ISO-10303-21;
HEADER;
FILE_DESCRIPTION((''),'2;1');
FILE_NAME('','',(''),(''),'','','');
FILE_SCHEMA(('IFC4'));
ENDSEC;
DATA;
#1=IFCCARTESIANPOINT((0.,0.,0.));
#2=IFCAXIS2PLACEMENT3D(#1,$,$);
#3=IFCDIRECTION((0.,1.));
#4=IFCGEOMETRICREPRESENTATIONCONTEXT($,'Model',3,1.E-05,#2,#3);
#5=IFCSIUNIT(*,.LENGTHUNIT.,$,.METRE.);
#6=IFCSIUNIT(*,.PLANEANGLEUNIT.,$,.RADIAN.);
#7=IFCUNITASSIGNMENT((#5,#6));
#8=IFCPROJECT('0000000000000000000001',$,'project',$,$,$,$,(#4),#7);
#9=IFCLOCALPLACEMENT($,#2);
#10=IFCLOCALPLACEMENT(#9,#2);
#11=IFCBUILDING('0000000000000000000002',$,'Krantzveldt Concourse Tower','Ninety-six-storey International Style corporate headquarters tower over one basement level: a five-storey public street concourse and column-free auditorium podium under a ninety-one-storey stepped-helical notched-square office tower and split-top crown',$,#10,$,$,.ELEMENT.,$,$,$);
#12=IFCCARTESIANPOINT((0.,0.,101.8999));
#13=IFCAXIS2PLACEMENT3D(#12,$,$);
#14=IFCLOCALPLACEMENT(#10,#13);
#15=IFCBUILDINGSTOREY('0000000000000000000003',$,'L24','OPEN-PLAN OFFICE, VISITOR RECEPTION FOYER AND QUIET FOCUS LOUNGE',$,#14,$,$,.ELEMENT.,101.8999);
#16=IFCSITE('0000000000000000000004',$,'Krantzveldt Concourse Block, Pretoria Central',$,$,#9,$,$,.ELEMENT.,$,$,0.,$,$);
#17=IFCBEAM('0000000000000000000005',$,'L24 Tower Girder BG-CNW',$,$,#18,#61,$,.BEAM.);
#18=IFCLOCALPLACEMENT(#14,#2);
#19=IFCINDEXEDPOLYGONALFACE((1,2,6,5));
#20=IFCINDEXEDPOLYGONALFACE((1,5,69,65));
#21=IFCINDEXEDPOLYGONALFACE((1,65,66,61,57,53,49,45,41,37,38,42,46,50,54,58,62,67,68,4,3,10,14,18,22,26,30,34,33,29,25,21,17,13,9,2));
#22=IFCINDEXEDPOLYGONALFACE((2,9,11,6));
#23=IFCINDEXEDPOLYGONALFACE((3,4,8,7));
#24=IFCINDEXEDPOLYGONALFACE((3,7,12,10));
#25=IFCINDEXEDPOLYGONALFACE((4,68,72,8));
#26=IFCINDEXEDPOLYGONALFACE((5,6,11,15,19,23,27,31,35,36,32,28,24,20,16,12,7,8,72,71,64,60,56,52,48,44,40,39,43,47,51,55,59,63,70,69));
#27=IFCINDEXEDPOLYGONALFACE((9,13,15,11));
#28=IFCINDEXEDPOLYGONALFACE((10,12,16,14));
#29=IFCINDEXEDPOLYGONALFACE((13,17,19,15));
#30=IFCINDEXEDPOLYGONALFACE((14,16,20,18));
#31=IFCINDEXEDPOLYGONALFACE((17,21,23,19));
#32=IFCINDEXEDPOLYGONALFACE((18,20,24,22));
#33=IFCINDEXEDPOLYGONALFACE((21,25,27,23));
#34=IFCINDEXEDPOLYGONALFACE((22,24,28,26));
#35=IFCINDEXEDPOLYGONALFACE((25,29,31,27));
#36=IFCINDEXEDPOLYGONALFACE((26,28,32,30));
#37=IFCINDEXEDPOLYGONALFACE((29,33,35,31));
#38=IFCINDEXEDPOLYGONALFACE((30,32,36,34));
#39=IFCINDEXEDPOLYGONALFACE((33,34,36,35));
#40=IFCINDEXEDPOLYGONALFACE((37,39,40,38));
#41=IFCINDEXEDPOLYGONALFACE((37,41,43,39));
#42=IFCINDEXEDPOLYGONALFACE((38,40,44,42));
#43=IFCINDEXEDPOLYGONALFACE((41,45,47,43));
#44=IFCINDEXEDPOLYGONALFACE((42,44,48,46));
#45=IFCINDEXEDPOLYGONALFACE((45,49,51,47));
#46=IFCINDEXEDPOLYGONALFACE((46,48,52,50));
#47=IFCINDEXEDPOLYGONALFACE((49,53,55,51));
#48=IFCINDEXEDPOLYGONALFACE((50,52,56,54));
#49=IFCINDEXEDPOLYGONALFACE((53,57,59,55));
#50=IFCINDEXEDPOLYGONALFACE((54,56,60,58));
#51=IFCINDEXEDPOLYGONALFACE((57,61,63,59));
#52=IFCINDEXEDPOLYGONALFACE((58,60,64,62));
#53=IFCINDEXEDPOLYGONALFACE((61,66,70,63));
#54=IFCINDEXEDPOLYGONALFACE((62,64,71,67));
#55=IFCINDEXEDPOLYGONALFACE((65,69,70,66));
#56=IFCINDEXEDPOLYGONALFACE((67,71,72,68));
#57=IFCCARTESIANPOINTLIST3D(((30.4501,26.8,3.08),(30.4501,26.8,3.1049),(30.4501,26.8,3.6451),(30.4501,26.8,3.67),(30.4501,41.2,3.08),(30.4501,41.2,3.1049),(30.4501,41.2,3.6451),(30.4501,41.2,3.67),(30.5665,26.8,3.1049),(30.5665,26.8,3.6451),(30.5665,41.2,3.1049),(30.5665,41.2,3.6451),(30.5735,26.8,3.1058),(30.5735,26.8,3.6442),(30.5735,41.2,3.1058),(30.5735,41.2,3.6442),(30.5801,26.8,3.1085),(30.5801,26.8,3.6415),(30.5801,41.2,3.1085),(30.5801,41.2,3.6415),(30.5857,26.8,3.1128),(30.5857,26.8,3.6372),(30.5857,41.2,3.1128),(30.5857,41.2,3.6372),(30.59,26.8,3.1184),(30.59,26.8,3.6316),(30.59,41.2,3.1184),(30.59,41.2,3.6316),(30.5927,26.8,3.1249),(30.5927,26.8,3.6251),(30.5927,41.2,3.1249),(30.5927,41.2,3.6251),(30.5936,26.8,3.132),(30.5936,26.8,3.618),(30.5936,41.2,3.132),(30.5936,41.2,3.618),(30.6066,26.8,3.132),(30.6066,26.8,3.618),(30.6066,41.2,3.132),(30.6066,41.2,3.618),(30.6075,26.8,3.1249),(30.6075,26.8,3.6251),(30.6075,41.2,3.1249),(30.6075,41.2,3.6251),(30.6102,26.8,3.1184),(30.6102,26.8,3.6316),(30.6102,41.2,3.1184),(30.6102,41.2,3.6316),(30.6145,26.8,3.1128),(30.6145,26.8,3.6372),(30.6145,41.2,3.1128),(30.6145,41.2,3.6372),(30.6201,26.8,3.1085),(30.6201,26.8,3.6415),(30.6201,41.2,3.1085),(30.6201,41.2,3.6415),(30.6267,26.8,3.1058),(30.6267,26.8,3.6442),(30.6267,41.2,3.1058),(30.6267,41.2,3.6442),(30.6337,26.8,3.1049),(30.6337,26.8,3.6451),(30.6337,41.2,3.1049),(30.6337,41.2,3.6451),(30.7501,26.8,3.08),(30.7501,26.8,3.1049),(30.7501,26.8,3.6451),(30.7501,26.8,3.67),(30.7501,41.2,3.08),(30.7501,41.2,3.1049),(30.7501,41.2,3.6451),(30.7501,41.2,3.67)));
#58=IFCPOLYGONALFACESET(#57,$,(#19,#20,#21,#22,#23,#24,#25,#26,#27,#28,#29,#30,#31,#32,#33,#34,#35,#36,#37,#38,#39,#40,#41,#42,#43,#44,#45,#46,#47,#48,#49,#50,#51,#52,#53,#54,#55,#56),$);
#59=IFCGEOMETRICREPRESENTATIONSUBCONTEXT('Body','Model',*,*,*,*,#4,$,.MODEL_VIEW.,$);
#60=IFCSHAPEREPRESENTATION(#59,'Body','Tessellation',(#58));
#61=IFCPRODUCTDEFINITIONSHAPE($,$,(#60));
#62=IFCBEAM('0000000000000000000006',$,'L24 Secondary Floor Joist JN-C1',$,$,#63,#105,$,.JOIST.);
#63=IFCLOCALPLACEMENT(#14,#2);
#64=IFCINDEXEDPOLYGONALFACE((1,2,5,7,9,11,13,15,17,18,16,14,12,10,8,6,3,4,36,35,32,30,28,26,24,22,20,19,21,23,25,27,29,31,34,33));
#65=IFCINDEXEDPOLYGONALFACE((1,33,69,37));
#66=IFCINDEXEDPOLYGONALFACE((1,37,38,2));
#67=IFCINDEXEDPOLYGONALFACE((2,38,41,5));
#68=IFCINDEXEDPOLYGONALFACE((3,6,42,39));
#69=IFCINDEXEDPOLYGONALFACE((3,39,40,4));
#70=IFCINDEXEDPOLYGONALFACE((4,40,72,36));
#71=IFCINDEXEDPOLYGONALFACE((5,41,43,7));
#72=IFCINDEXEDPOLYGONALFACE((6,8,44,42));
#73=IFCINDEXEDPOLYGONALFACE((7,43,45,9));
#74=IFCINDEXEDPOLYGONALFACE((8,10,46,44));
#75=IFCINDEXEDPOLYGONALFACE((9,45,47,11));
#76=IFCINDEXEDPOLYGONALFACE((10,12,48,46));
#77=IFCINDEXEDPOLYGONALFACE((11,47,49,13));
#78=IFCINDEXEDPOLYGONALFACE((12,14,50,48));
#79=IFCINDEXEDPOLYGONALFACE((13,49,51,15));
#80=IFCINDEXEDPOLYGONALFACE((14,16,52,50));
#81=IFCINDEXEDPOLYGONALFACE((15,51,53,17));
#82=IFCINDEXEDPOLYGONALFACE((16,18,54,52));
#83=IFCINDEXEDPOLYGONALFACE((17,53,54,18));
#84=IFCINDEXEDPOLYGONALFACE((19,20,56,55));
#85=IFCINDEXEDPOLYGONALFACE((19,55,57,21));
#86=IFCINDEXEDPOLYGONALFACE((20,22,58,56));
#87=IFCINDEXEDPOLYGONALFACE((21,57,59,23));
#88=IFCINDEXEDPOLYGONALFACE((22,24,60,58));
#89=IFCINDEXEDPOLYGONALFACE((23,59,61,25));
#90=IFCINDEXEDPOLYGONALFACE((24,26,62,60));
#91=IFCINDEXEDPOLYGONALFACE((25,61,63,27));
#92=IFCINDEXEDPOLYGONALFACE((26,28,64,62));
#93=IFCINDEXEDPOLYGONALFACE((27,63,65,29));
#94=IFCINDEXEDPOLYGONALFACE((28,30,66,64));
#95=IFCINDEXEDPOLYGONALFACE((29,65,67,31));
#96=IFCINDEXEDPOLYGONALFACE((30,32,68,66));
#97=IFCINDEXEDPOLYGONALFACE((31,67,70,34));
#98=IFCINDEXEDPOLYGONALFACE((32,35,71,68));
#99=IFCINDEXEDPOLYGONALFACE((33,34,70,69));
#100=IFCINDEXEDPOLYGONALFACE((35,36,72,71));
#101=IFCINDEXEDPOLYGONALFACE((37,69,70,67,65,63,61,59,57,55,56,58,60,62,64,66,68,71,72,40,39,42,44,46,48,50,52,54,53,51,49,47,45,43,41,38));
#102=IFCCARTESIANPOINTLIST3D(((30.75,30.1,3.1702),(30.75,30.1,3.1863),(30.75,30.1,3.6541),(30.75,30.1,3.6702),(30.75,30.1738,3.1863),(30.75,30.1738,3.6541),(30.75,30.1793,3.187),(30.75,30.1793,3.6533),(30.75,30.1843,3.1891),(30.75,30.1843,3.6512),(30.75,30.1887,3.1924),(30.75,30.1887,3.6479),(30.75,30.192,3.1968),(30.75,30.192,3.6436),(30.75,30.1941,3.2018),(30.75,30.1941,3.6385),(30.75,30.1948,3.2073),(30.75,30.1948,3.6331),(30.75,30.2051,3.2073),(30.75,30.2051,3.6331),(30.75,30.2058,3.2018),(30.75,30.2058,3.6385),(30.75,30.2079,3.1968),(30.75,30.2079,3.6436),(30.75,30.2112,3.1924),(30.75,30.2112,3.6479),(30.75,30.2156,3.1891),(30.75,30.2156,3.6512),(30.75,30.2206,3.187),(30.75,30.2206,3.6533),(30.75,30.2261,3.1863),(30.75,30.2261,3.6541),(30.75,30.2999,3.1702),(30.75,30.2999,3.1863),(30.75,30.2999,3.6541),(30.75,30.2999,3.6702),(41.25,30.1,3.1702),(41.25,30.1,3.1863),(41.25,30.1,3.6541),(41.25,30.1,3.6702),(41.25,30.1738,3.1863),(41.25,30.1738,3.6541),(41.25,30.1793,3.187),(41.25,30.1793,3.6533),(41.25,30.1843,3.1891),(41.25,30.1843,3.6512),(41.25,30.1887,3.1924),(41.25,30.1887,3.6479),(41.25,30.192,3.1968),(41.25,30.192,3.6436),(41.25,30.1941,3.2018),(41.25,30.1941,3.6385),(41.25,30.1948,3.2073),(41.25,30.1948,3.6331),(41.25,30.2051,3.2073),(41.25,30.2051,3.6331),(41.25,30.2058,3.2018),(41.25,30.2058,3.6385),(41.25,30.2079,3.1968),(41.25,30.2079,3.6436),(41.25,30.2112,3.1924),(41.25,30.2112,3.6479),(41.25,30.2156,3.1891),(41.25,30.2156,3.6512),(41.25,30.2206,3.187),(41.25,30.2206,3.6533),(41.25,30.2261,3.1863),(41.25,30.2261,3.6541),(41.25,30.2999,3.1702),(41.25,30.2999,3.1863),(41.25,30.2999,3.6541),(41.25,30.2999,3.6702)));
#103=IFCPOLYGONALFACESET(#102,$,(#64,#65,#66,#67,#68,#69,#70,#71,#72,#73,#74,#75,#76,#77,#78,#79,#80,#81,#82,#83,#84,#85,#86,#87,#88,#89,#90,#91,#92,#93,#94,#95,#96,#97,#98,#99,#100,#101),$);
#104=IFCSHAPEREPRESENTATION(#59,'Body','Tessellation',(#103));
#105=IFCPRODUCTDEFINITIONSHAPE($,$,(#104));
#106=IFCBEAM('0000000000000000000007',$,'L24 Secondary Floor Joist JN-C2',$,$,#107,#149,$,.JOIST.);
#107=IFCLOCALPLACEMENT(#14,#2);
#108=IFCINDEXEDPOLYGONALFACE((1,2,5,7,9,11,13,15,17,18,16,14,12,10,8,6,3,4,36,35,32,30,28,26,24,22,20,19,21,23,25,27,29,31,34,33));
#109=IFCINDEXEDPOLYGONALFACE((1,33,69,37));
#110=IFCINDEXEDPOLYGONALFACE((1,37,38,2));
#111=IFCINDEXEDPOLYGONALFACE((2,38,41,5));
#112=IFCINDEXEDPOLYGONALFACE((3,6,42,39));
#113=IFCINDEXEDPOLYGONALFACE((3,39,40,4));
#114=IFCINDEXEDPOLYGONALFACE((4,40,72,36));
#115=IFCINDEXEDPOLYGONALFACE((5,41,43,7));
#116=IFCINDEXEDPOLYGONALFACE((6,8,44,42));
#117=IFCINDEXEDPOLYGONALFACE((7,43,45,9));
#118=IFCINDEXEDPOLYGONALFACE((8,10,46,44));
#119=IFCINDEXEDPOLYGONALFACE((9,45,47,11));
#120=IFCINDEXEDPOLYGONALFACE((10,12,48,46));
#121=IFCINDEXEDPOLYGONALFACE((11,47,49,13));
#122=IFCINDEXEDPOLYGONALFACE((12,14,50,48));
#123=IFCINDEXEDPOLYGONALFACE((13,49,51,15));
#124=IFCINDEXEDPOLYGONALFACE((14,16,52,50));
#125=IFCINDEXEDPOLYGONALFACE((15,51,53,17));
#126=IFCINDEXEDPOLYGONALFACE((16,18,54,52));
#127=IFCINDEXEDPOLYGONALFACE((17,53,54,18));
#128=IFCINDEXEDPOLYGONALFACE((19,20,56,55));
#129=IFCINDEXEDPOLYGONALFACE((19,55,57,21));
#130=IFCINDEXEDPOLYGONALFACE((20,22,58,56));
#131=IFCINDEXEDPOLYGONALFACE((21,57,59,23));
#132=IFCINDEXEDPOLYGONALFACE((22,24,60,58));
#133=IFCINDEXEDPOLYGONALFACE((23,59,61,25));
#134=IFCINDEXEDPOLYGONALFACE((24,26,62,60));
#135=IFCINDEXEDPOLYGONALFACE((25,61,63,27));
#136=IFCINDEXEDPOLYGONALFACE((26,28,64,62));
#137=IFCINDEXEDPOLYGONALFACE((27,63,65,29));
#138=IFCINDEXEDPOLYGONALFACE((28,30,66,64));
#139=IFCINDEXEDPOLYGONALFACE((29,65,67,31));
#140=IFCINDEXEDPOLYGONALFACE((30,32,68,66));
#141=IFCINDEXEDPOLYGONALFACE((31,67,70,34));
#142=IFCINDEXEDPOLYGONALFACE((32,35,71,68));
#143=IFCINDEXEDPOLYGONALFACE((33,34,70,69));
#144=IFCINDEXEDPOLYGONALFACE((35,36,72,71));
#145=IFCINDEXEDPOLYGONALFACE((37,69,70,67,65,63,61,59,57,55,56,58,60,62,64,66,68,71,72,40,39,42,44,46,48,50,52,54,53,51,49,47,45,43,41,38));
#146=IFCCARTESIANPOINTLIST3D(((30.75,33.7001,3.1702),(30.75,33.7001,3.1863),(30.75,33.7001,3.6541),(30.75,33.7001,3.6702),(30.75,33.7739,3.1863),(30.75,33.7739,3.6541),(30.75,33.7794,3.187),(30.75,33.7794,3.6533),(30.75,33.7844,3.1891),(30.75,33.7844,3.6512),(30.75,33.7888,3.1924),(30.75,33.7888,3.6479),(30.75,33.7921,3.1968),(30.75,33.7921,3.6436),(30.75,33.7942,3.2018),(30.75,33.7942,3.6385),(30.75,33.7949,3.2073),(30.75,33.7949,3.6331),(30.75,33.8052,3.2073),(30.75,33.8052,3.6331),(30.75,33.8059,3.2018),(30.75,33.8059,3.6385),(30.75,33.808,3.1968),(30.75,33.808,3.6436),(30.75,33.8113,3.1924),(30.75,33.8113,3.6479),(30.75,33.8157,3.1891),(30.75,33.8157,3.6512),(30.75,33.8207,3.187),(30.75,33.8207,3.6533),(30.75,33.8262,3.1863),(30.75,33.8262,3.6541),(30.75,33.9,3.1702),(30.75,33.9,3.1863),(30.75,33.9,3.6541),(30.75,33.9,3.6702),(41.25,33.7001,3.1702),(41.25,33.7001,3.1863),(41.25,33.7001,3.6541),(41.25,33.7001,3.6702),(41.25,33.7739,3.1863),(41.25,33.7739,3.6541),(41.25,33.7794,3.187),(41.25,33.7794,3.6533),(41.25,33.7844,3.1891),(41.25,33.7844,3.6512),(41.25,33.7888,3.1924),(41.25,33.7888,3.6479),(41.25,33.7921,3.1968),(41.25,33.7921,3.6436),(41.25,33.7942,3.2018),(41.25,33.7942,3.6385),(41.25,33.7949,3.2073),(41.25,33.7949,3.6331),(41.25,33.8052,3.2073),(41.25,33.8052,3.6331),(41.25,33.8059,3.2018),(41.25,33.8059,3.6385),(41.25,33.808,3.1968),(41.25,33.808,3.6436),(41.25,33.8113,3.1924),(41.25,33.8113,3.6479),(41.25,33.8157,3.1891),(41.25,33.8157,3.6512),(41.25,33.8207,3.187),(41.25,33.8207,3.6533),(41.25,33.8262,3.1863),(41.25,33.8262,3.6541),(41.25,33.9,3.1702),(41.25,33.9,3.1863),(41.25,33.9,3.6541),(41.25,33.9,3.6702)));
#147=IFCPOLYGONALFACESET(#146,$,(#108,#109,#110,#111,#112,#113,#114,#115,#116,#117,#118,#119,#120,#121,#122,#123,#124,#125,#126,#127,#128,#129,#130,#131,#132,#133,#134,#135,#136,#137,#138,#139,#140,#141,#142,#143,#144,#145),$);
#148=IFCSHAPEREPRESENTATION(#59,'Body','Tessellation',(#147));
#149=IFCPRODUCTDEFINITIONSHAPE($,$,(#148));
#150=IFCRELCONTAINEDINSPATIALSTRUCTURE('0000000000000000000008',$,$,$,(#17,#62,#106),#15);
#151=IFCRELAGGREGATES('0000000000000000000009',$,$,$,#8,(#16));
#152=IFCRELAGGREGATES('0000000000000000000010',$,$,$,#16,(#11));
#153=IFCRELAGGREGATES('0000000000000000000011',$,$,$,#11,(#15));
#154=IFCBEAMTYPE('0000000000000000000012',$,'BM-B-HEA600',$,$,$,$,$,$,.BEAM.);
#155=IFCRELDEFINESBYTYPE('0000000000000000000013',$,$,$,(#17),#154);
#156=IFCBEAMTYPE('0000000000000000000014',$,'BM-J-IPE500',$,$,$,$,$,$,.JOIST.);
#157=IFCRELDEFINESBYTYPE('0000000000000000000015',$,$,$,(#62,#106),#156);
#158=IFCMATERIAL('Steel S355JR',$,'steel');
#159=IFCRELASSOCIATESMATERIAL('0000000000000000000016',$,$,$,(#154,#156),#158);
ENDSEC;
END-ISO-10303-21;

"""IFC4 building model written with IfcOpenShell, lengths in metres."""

from ifc_helpers import new_model, si_unit, direction, frame, origin, origin_2d, place, context, subcontext, project, spatial, i_section, extrude, source, transform, mapped, material, material_profile, profile_set, type_object, type_shapes, element, save


model = new_model("IFC4")

# Units and contexts
model_context = context("Model", 3, precision=1e-05, world=origin(), true_north=direction((0.0, 1.0)))
body_context = subcontext(model_context, "Body", "Model", "MODEL_VIEW")
ifc_project = project(units=[si_unit("LENGTHUNIT", "METRE"), si_unit("PLANEANGLEUNIT", "RADIAN")], contexts=[model_context])

# Site, building, storey
site_placement = place(None, origin())
site = spatial("IfcSite", under=ifc_project, at=site_placement, Name="Krantzveldt Concourse Block, Pretoria Central", CompositionType="ELEMENT", RefElevation=0.0)
building_placement = place(site_placement, origin())
building = spatial("IfcBuilding", under=site, at=building_placement, Name="Krantzveldt Concourse Tower", Description="Ninety-six-storey International Style corporate headquarters tower over one basement level: a five-storey public street concourse and column-free auditorium podium under a ninety-one-storey stepped-helical notched-square office tower and split-top crown", CompositionType="ELEMENT")
storey_placement = place(building_placement, frame((0.0, 0.0, 101.8999)))
storey = spatial("IfcBuildingStorey", under=building, at=storey_placement, Name="L24", Description="OPEN-PLAN OFFICE, VISITOR RECEPTION FOYER AND QUIET FOCUS LOUNGE", CompositionType="ELEMENT", Elevation=101.8999)

# Beams
ifc_material_1 = material(Name="Steel S355JR", Category="steel")
ifc_material_profile_1 = material_profile(ifc_material_1, i_section(OverallWidth=0.3, OverallDepth=0.5901, WebThickness=0.0129, FlangeThickness=0.0249, FilletRadius=0.0271, at=origin_2d()), Name="Steel S355JR", Category="steel")
ifc_profile_set_1 = profile_set([ifc_material_profile_1], Name="Steel S355JR - HEA 600")
beam_type_1 = type_object("IfcBeamType", Name="BM-B-HEA600", PredefinedType="BEAM", material=ifc_profile_set_1)
shared_shape_1 = source(origin(), body_context, "Body", "SweptSolid", [
    extrude(i_section(OverallWidth=0.3, OverallDepth=0.5901, WebThickness=0.0129, FlangeThickness=0.0249, FilletRadius=0.0271, at=origin_2d()), origin(), (0.0, 0.0, 1.0), 14.3999),
])
type_shapes(beam_type_1, [shared_shape_1])
beam_1_placement = place(storey_placement, frame((30.6001, 26.8, 3.375), z_axis=(0.0, 1.0, 0.0), x_axis=(-1.0, 0.0, 0.0)))
element("IfcBeam", 1, at=beam_1_placement, inside=storey, type_object=beam_type_1, Name="L24 Tower Girder BG-CNW", PredefinedType="BEAM", context=body_context, shape_type="MappedRepresentation", body=[
    mapped(shared_shape_1, transform((0.0, 0.0, 0.0), x_axis=(1.0, 0.0, 0.0), y_axis=(0.0, 1.0, 0.0), z_axis=(0.0, 0.0, 1.0), scale=1.0)),
])
ifc_material_profile_2 = material_profile(ifc_material_1, i_section(OverallWidth=0.2, OverallDepth=0.5, WebThickness=0.0103, FlangeThickness=0.0161, FilletRadius=0.021, at=origin_2d()), Name="Steel S355JR", Category="steel")
ifc_profile_set_2 = profile_set([ifc_material_profile_2], Name="Steel S355JR - IPE 500")
beam_type_2 = type_object("IfcBeamType", Name="BM-J-IPE500", PredefinedType="JOIST", material=ifc_profile_set_2)
shared_shape_2 = source(origin(), body_context, "Body", "SweptSolid", [
    extrude(i_section(OverallWidth=0.2, OverallDepth=0.5, WebThickness=0.0103, FlangeThickness=0.0161, FilletRadius=0.021, at=origin_2d()), origin(), (0.0, 0.0, 1.0), 10.5),
])
type_shapes(beam_type_2, [shared_shape_2])
for number, where, z_axis, x_axis, name in (
    (2, (30.75, 30.2, 3.4202), (1.0, 0.0, 0.0), (0.0, 1.0, 0.0), "L24 Secondary Floor Joist JN-C1"),
    (3, (30.75, 33.8, 3.4202), (1.0, 0.0, 0.0), (0.0, 1.0, 0.0), "L24 Secondary Floor Joist JN-C2"),
):
    element("IfcBeam", number, at=place(storey_placement, frame(where, z_axis=z_axis, x_axis=x_axis)), inside=storey, type_object=beam_type_2, Name=name, PredefinedType="JOIST", context=body_context, shape_type="MappedRepresentation", body=[
        mapped(shared_shape_2, transform((0.0, 0.0, 0.0), x_axis=(1.0, 0.0, 0.0), y_axis=(0.0, 1.0, 0.0), z_axis=(0.0, 0.0, 1.0), scale=1.0)),
    ])

save(model, "model.ifc")
